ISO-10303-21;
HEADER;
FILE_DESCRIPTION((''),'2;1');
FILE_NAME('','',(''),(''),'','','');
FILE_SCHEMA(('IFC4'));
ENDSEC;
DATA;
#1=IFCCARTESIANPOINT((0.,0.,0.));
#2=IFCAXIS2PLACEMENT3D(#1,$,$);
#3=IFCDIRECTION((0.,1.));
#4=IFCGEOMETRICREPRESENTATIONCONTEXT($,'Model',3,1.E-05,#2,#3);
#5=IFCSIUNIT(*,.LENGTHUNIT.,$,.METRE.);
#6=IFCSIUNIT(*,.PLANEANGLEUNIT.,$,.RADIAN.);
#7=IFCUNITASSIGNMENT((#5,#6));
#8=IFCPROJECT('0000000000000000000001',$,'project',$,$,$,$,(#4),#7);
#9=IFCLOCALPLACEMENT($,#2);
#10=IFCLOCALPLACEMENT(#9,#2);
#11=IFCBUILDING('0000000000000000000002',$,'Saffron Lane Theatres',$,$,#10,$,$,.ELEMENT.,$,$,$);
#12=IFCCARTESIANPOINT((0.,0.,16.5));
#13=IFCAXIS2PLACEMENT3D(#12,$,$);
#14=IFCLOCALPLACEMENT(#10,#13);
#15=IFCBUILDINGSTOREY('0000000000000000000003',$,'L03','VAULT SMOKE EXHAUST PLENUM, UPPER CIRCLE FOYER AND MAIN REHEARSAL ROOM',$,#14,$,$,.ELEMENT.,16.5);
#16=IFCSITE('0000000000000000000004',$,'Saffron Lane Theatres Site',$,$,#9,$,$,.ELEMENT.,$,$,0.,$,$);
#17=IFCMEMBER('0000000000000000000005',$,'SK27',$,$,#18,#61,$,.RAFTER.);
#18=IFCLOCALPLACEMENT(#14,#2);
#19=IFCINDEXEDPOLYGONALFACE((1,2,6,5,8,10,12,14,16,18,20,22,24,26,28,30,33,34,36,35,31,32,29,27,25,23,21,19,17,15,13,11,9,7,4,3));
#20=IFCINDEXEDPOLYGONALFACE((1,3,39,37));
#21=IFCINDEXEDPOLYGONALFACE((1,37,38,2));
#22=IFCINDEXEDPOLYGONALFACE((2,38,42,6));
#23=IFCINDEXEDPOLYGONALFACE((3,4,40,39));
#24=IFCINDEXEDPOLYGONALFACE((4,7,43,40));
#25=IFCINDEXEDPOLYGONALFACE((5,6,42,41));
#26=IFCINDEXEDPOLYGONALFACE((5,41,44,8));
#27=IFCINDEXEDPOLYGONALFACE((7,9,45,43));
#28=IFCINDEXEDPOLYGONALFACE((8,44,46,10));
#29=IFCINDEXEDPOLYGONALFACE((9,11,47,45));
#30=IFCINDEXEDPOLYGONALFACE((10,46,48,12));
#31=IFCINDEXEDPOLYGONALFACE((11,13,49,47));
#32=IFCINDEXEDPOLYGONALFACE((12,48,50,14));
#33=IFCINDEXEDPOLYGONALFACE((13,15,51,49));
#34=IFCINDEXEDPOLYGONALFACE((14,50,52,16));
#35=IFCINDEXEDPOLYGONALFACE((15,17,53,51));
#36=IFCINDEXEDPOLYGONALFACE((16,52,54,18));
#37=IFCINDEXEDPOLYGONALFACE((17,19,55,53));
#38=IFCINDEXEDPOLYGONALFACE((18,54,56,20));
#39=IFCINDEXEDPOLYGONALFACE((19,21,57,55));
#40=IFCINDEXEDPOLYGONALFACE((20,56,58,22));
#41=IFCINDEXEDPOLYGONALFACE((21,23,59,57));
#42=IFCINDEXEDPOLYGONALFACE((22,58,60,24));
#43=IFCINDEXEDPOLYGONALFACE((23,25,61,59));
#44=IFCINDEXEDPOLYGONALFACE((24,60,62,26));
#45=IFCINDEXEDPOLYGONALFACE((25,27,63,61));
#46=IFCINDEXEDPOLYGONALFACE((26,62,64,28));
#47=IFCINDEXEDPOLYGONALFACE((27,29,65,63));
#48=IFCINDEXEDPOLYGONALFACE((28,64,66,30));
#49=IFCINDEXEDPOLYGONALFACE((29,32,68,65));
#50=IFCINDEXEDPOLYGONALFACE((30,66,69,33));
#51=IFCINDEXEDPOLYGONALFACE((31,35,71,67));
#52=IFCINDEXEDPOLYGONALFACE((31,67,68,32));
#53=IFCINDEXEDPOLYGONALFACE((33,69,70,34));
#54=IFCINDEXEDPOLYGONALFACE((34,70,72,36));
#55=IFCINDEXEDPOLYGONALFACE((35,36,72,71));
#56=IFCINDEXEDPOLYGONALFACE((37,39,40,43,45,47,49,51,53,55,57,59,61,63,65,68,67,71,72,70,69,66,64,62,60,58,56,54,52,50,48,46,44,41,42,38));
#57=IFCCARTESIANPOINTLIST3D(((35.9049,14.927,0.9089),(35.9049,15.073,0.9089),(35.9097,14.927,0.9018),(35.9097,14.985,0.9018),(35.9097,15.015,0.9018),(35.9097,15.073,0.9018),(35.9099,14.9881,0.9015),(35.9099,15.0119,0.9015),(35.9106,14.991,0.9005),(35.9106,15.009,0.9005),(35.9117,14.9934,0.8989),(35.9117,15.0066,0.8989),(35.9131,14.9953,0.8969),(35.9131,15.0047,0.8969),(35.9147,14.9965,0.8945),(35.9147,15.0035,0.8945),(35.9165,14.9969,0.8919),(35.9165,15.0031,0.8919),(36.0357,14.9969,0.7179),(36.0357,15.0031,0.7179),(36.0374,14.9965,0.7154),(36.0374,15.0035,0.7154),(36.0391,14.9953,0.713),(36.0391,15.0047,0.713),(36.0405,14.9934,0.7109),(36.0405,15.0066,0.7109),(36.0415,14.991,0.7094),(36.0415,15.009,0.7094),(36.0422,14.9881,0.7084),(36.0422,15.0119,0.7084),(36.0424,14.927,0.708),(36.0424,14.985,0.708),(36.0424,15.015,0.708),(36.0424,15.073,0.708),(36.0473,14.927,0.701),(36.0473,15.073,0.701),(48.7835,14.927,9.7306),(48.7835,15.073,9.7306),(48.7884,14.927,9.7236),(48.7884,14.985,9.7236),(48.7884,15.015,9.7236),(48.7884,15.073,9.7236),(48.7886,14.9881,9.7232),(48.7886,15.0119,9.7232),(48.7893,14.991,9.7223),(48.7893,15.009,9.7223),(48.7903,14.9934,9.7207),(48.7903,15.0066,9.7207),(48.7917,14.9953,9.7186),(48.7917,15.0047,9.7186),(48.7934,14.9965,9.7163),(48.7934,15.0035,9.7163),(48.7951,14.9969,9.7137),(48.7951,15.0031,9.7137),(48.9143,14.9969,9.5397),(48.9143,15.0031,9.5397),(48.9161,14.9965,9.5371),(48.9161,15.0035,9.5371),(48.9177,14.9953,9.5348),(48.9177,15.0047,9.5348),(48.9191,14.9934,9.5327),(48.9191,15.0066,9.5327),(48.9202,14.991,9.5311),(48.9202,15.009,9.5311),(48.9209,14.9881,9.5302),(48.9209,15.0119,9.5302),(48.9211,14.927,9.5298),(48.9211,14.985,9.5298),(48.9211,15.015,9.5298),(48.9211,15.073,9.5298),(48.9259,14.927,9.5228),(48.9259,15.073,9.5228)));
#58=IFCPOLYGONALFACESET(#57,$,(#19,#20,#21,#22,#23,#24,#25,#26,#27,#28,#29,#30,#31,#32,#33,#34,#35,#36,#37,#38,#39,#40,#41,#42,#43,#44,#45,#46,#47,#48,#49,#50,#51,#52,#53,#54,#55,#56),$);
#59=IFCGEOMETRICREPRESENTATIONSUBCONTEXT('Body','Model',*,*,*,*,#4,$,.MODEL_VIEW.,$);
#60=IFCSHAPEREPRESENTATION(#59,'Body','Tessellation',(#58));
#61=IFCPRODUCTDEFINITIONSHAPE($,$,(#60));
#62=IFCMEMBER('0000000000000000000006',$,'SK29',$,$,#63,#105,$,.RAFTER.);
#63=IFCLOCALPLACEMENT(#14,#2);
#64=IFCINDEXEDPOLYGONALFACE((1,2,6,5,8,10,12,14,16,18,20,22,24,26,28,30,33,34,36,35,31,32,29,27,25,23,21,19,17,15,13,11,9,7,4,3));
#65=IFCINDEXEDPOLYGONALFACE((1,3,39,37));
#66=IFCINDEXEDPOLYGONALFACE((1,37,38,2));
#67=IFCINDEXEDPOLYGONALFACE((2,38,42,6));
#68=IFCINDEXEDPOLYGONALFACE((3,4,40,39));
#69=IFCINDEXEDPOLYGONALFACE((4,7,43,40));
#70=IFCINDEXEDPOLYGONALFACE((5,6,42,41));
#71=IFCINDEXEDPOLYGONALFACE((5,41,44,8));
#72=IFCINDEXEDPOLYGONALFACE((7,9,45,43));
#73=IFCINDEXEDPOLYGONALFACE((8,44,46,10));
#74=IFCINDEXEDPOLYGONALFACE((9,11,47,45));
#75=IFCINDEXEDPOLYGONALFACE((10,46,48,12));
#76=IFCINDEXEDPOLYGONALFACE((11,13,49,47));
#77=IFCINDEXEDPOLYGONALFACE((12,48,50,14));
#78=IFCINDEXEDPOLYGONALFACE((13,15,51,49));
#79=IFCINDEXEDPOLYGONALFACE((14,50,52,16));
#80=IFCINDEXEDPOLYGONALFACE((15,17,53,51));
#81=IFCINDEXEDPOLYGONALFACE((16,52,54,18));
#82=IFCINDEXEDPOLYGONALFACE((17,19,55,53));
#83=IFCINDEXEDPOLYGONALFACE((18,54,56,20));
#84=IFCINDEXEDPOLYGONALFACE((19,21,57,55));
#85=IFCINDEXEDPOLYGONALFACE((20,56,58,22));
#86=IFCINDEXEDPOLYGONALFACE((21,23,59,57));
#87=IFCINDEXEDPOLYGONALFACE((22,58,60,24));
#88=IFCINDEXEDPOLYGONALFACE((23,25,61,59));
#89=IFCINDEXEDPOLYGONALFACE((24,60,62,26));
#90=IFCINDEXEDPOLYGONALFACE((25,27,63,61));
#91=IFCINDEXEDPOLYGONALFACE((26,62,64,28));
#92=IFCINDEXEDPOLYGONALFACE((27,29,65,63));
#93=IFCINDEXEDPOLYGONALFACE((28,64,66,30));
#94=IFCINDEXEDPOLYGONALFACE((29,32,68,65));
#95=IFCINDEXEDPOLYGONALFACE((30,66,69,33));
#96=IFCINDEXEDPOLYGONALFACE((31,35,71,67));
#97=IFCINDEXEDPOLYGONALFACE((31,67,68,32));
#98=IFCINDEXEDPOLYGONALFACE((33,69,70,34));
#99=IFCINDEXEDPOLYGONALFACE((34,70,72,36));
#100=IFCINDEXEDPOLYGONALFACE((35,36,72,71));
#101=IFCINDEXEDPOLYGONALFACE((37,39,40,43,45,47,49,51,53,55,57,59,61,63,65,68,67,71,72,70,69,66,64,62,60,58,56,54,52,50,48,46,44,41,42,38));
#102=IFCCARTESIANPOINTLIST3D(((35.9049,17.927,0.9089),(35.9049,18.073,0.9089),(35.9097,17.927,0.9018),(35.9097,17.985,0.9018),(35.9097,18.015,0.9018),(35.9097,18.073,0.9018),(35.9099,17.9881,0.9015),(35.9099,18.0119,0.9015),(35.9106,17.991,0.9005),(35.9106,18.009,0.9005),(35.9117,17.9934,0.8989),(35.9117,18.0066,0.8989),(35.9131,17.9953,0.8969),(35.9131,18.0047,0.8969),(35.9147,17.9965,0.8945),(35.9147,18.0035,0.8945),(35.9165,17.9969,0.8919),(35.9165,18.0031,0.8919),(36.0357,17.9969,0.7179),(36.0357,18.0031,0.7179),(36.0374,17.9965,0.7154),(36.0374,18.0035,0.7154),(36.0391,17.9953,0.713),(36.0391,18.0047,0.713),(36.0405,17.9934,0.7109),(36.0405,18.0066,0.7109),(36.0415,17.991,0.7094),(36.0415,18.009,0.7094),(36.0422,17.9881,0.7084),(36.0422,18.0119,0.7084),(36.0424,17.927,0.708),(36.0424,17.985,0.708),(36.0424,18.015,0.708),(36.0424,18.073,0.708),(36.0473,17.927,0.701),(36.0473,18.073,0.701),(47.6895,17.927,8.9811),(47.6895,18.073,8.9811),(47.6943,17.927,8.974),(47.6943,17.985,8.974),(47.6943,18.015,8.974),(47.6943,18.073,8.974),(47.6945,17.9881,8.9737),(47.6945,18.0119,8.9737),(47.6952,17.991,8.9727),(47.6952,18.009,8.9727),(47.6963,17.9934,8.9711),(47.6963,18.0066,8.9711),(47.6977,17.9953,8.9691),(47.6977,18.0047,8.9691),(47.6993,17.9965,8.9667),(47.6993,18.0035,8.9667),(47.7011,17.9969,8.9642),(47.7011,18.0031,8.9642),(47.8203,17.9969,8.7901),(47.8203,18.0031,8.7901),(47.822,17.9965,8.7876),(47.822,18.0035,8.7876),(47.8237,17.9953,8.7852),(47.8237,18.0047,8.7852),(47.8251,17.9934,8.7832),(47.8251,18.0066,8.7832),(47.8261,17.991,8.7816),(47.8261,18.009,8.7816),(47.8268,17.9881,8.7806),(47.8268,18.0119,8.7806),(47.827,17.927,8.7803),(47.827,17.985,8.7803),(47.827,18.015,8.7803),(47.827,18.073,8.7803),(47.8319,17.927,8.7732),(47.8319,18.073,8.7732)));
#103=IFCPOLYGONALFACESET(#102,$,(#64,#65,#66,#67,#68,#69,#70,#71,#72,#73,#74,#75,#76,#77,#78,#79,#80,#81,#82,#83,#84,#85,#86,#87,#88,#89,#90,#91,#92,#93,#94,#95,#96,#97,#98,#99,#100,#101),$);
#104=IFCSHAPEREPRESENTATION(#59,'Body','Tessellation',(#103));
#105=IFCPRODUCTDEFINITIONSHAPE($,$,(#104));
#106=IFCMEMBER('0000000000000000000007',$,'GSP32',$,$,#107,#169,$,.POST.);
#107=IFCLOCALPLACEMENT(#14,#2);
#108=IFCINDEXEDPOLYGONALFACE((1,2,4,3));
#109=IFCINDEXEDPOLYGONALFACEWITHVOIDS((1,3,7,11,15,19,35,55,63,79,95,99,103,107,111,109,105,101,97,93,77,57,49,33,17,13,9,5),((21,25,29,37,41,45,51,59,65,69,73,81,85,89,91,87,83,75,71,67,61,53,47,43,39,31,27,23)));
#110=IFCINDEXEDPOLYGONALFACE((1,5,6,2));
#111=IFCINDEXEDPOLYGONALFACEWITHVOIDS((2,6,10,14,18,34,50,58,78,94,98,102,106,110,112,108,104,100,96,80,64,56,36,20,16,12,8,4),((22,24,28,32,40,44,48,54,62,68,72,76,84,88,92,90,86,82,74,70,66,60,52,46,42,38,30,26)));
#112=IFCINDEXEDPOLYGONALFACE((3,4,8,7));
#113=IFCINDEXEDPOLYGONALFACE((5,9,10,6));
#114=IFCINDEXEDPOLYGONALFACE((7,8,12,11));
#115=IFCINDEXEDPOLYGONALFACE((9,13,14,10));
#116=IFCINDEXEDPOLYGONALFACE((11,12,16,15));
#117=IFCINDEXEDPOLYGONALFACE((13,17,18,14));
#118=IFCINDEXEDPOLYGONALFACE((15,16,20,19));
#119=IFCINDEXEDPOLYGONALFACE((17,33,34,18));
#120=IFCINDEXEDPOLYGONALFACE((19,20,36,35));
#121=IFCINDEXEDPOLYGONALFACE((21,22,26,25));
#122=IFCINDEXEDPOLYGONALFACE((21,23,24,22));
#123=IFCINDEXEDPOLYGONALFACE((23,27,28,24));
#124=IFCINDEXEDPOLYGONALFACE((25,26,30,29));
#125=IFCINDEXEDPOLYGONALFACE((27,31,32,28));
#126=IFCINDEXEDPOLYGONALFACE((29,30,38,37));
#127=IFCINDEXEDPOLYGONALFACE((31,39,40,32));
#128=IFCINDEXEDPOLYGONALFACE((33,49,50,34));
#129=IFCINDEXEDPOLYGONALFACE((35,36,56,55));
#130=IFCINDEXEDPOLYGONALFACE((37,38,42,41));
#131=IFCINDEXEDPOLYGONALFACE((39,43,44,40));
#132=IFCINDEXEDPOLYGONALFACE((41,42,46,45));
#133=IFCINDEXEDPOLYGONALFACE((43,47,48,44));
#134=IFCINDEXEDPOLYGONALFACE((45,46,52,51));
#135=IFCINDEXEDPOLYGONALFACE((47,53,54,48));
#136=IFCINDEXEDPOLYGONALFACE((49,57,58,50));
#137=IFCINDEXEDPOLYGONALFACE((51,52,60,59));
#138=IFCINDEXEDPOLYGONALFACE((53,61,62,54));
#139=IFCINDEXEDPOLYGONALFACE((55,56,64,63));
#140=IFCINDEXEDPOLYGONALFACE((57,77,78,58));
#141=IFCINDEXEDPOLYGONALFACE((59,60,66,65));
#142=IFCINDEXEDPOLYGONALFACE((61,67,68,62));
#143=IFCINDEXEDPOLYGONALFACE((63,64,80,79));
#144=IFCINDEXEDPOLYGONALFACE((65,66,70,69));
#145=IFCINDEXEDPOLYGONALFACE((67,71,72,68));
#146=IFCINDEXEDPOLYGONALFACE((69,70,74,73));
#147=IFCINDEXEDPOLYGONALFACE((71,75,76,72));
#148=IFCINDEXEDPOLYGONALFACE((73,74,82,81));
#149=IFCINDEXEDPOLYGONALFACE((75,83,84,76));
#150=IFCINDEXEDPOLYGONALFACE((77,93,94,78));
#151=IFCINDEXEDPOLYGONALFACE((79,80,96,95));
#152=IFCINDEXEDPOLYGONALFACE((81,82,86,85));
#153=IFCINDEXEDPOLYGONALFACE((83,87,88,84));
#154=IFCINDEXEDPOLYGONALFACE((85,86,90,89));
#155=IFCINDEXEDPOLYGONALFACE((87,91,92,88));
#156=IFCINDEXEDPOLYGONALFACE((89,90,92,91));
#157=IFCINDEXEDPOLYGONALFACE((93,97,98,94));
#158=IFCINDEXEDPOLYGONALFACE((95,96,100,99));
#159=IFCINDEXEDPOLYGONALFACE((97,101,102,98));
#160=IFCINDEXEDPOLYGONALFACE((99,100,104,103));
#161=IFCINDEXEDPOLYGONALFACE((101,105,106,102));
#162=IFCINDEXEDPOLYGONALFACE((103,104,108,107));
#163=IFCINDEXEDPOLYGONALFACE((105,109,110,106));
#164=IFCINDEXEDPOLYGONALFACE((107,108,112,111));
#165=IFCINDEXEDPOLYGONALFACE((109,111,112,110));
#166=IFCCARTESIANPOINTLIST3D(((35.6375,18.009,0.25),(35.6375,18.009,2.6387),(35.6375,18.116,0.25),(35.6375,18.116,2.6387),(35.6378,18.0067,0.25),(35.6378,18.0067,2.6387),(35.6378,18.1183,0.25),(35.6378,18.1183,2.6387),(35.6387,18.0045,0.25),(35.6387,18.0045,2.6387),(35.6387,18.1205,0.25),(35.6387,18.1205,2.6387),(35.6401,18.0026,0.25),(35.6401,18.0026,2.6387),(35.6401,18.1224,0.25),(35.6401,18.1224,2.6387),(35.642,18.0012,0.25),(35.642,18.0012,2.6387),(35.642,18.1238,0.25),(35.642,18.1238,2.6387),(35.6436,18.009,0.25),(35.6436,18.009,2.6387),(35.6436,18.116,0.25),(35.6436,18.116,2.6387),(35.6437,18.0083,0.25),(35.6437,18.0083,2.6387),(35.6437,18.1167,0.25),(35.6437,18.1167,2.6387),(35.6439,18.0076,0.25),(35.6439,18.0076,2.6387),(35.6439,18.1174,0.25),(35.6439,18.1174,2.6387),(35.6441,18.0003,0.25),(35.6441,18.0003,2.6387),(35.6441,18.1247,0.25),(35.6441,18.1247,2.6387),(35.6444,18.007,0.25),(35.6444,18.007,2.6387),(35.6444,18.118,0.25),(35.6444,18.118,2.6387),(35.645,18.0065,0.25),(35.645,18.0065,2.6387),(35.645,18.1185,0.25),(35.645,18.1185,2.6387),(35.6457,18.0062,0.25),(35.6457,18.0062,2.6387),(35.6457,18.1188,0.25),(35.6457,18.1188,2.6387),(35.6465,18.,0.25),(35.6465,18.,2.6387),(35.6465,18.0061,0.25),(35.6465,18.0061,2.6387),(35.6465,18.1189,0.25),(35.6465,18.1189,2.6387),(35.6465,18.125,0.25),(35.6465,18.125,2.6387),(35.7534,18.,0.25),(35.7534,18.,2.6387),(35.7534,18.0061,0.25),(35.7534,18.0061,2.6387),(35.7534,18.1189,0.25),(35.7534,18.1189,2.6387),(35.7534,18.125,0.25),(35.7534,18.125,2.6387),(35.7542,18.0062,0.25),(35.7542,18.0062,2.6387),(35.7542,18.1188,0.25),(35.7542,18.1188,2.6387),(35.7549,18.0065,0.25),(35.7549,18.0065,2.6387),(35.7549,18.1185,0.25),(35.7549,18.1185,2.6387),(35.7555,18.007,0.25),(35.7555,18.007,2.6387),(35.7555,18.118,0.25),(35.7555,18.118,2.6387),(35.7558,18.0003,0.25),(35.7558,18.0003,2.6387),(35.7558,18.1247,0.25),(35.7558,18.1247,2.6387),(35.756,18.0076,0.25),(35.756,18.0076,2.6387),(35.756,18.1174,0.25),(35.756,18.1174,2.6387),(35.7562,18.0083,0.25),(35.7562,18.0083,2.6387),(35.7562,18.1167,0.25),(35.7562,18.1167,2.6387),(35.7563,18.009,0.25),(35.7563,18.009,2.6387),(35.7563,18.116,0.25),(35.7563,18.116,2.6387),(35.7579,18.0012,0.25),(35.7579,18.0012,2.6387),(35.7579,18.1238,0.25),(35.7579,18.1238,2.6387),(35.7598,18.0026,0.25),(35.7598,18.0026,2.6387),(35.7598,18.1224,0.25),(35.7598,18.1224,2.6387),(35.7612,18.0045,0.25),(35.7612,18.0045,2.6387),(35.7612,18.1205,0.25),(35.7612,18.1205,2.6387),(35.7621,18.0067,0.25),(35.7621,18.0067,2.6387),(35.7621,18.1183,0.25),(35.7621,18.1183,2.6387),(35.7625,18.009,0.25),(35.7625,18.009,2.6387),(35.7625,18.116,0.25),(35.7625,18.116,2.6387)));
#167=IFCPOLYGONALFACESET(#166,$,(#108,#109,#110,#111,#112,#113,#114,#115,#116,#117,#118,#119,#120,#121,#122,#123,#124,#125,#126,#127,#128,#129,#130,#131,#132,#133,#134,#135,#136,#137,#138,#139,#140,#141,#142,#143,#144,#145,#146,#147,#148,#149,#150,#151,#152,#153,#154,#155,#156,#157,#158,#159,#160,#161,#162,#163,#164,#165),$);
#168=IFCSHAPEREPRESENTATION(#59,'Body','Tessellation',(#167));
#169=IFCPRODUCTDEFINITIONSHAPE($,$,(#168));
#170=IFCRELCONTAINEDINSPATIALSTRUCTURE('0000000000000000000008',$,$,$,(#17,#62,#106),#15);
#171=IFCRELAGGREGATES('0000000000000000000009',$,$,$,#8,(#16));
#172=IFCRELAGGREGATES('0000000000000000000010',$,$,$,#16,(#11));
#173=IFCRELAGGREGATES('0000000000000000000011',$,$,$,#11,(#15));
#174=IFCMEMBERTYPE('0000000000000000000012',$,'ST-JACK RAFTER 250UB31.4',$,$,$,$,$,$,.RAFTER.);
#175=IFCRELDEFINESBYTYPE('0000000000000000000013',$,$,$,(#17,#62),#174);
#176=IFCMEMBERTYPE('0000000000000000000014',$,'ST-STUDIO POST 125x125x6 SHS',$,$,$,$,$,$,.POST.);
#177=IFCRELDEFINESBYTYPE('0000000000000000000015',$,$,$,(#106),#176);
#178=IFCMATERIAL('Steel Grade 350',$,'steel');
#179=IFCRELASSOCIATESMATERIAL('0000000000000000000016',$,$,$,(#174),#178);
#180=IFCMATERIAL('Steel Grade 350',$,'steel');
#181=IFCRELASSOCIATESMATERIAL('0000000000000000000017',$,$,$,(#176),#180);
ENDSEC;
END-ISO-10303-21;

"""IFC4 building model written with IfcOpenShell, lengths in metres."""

from ifc_helpers import new_model, si_unit, direction, frame, origin, origin_2d, place, context, subcontext, project, spatial, hollow_rectangle, i_section, extrude, material, material_profile, profile_set, type_object, element, save


model = new_model("IFC4")

# Units and contexts
model_context = context("Model", 3, precision=1e-05, world=origin(), true_north=direction((0.0, 1.0)))
body_context = subcontext(model_context, "Body", "Model", "MODEL_VIEW")
ifc_project = project(units=[si_unit("LENGTHUNIT", "METRE"), si_unit("PLANEANGLEUNIT", "RADIAN")], contexts=[model_context])

# Site, building, storey
site_placement = place(None, origin())
site = spatial("IfcSite", under=ifc_project, at=site_placement, Name="Saffron Lane Theatres Site", CompositionType="ELEMENT", RefElevation=0.0)
building_placement = place(site_placement, origin())
building = spatial("IfcBuilding", under=site, at=building_placement, Name="Saffron Lane Theatres", CompositionType="ELEMENT")
storey_placement = place(building_placement, frame((0.0, 0.0, 16.5)))
storey = spatial("IfcBuildingStorey", under=building, at=storey_placement, Name="L03", Description="VAULT SMOKE EXHAUST PLENUM, UPPER CIRCLE FOYER AND MAIN REHEARSAL ROOM", CompositionType="ELEMENT", Elevation=16.5)

# Members
ifc_material_1 = material(Name="Steel Grade 350", Category="steel")
ifc_material_profile_1 = material_profile(ifc_material_1, i_section(OverallWidth=0.146, OverallDepth=0.252, WebThickness=0.0061, FlangeThickness=0.0085, FilletRadius=0.012, at=origin_2d()))
ifc_profile_set_1 = profile_set([ifc_material_profile_1], Name="Steel Grade 350")
member_type_1 = type_object("IfcMemberType", Name="ST-JACK RAFTER 250UB31.4", PredefinedType="RAFTER", material=ifc_profile_set_1)
member_1_placement = place(storey_placement, frame((35.9761, 15.0, 0.8049), z_axis=(0.825007, 0.0, 0.565123), x_axis=(0.0, 1.0, 0.0)))
element("IfcMember", 1, at=member_1_placement, inside=storey, type_object=member_type_1, Name="SK27", PredefinedType="RAFTER", context=body_context, shape_type="SweptSolid", body=[
    extrude(i_section(OverallWidth=0.146, OverallDepth=0.252, WebThickness=0.0061, FlangeThickness=0.0085, FilletRadius=0.012, at=origin_2d()), origin(), (0.0, 0.0, 1.0), 15.6104),
])
member_2_placement = place(storey_placement, frame((35.9761, 18.0, 0.8049), z_axis=(0.825011, 0.0, 0.565116), x_axis=(0.0, 1.0, 0.0)))
element("IfcMember", 2, at=member_2_placement, inside=storey, type_object=member_type_1, Name="SK29", PredefinedType="RAFTER", context=body_context, shape_type="SweptSolid", body=[
    extrude(i_section(OverallWidth=0.146, OverallDepth=0.252, WebThickness=0.0061, FlangeThickness=0.0085, FilletRadius=0.012, at=origin_2d()), origin(), (0.0, 0.0, 1.0), 14.2842),
])
ifc_material_2 = material(Name="Steel Grade 350", Category="steel")
ifc_material_profile_2 = material_profile(ifc_material_2, hollow_rectangle(XDim=0.125, YDim=0.125, WallThickness=0.0061, InnerFilletRadius=0.0029, OuterFilletRadius=0.009, at=origin_2d()))
ifc_profile_set_2 = profile_set([ifc_material_profile_2], Name="Steel Grade 350")
member_type_2 = type_object("IfcMemberType", Name="ST-STUDIO POST 125x125x6 SHS", PredefinedType="POST", material=ifc_profile_set_2)
member_3_placement = place(storey_placement, frame((35.7, 18.0625, 0.25), z_axis=(0.0, 0.0, 1.0), x_axis=(1.0, 0.0, 0.0)))
element("IfcMember", 3, at=member_3_placement, inside=storey, type_object=member_type_2, Name="GSP32", PredefinedType="POST", context=body_context, shape_type="SweptSolid", body=[
    extrude(hollow_rectangle(XDim=0.125, YDim=0.125, WallThickness=0.0061, InnerFilletRadius=0.0029, OuterFilletRadius=0.009, at=origin_2d()), origin(), (0.0, 0.0, 1.0), 2.3887),
])

save(model, "model.ifc")
